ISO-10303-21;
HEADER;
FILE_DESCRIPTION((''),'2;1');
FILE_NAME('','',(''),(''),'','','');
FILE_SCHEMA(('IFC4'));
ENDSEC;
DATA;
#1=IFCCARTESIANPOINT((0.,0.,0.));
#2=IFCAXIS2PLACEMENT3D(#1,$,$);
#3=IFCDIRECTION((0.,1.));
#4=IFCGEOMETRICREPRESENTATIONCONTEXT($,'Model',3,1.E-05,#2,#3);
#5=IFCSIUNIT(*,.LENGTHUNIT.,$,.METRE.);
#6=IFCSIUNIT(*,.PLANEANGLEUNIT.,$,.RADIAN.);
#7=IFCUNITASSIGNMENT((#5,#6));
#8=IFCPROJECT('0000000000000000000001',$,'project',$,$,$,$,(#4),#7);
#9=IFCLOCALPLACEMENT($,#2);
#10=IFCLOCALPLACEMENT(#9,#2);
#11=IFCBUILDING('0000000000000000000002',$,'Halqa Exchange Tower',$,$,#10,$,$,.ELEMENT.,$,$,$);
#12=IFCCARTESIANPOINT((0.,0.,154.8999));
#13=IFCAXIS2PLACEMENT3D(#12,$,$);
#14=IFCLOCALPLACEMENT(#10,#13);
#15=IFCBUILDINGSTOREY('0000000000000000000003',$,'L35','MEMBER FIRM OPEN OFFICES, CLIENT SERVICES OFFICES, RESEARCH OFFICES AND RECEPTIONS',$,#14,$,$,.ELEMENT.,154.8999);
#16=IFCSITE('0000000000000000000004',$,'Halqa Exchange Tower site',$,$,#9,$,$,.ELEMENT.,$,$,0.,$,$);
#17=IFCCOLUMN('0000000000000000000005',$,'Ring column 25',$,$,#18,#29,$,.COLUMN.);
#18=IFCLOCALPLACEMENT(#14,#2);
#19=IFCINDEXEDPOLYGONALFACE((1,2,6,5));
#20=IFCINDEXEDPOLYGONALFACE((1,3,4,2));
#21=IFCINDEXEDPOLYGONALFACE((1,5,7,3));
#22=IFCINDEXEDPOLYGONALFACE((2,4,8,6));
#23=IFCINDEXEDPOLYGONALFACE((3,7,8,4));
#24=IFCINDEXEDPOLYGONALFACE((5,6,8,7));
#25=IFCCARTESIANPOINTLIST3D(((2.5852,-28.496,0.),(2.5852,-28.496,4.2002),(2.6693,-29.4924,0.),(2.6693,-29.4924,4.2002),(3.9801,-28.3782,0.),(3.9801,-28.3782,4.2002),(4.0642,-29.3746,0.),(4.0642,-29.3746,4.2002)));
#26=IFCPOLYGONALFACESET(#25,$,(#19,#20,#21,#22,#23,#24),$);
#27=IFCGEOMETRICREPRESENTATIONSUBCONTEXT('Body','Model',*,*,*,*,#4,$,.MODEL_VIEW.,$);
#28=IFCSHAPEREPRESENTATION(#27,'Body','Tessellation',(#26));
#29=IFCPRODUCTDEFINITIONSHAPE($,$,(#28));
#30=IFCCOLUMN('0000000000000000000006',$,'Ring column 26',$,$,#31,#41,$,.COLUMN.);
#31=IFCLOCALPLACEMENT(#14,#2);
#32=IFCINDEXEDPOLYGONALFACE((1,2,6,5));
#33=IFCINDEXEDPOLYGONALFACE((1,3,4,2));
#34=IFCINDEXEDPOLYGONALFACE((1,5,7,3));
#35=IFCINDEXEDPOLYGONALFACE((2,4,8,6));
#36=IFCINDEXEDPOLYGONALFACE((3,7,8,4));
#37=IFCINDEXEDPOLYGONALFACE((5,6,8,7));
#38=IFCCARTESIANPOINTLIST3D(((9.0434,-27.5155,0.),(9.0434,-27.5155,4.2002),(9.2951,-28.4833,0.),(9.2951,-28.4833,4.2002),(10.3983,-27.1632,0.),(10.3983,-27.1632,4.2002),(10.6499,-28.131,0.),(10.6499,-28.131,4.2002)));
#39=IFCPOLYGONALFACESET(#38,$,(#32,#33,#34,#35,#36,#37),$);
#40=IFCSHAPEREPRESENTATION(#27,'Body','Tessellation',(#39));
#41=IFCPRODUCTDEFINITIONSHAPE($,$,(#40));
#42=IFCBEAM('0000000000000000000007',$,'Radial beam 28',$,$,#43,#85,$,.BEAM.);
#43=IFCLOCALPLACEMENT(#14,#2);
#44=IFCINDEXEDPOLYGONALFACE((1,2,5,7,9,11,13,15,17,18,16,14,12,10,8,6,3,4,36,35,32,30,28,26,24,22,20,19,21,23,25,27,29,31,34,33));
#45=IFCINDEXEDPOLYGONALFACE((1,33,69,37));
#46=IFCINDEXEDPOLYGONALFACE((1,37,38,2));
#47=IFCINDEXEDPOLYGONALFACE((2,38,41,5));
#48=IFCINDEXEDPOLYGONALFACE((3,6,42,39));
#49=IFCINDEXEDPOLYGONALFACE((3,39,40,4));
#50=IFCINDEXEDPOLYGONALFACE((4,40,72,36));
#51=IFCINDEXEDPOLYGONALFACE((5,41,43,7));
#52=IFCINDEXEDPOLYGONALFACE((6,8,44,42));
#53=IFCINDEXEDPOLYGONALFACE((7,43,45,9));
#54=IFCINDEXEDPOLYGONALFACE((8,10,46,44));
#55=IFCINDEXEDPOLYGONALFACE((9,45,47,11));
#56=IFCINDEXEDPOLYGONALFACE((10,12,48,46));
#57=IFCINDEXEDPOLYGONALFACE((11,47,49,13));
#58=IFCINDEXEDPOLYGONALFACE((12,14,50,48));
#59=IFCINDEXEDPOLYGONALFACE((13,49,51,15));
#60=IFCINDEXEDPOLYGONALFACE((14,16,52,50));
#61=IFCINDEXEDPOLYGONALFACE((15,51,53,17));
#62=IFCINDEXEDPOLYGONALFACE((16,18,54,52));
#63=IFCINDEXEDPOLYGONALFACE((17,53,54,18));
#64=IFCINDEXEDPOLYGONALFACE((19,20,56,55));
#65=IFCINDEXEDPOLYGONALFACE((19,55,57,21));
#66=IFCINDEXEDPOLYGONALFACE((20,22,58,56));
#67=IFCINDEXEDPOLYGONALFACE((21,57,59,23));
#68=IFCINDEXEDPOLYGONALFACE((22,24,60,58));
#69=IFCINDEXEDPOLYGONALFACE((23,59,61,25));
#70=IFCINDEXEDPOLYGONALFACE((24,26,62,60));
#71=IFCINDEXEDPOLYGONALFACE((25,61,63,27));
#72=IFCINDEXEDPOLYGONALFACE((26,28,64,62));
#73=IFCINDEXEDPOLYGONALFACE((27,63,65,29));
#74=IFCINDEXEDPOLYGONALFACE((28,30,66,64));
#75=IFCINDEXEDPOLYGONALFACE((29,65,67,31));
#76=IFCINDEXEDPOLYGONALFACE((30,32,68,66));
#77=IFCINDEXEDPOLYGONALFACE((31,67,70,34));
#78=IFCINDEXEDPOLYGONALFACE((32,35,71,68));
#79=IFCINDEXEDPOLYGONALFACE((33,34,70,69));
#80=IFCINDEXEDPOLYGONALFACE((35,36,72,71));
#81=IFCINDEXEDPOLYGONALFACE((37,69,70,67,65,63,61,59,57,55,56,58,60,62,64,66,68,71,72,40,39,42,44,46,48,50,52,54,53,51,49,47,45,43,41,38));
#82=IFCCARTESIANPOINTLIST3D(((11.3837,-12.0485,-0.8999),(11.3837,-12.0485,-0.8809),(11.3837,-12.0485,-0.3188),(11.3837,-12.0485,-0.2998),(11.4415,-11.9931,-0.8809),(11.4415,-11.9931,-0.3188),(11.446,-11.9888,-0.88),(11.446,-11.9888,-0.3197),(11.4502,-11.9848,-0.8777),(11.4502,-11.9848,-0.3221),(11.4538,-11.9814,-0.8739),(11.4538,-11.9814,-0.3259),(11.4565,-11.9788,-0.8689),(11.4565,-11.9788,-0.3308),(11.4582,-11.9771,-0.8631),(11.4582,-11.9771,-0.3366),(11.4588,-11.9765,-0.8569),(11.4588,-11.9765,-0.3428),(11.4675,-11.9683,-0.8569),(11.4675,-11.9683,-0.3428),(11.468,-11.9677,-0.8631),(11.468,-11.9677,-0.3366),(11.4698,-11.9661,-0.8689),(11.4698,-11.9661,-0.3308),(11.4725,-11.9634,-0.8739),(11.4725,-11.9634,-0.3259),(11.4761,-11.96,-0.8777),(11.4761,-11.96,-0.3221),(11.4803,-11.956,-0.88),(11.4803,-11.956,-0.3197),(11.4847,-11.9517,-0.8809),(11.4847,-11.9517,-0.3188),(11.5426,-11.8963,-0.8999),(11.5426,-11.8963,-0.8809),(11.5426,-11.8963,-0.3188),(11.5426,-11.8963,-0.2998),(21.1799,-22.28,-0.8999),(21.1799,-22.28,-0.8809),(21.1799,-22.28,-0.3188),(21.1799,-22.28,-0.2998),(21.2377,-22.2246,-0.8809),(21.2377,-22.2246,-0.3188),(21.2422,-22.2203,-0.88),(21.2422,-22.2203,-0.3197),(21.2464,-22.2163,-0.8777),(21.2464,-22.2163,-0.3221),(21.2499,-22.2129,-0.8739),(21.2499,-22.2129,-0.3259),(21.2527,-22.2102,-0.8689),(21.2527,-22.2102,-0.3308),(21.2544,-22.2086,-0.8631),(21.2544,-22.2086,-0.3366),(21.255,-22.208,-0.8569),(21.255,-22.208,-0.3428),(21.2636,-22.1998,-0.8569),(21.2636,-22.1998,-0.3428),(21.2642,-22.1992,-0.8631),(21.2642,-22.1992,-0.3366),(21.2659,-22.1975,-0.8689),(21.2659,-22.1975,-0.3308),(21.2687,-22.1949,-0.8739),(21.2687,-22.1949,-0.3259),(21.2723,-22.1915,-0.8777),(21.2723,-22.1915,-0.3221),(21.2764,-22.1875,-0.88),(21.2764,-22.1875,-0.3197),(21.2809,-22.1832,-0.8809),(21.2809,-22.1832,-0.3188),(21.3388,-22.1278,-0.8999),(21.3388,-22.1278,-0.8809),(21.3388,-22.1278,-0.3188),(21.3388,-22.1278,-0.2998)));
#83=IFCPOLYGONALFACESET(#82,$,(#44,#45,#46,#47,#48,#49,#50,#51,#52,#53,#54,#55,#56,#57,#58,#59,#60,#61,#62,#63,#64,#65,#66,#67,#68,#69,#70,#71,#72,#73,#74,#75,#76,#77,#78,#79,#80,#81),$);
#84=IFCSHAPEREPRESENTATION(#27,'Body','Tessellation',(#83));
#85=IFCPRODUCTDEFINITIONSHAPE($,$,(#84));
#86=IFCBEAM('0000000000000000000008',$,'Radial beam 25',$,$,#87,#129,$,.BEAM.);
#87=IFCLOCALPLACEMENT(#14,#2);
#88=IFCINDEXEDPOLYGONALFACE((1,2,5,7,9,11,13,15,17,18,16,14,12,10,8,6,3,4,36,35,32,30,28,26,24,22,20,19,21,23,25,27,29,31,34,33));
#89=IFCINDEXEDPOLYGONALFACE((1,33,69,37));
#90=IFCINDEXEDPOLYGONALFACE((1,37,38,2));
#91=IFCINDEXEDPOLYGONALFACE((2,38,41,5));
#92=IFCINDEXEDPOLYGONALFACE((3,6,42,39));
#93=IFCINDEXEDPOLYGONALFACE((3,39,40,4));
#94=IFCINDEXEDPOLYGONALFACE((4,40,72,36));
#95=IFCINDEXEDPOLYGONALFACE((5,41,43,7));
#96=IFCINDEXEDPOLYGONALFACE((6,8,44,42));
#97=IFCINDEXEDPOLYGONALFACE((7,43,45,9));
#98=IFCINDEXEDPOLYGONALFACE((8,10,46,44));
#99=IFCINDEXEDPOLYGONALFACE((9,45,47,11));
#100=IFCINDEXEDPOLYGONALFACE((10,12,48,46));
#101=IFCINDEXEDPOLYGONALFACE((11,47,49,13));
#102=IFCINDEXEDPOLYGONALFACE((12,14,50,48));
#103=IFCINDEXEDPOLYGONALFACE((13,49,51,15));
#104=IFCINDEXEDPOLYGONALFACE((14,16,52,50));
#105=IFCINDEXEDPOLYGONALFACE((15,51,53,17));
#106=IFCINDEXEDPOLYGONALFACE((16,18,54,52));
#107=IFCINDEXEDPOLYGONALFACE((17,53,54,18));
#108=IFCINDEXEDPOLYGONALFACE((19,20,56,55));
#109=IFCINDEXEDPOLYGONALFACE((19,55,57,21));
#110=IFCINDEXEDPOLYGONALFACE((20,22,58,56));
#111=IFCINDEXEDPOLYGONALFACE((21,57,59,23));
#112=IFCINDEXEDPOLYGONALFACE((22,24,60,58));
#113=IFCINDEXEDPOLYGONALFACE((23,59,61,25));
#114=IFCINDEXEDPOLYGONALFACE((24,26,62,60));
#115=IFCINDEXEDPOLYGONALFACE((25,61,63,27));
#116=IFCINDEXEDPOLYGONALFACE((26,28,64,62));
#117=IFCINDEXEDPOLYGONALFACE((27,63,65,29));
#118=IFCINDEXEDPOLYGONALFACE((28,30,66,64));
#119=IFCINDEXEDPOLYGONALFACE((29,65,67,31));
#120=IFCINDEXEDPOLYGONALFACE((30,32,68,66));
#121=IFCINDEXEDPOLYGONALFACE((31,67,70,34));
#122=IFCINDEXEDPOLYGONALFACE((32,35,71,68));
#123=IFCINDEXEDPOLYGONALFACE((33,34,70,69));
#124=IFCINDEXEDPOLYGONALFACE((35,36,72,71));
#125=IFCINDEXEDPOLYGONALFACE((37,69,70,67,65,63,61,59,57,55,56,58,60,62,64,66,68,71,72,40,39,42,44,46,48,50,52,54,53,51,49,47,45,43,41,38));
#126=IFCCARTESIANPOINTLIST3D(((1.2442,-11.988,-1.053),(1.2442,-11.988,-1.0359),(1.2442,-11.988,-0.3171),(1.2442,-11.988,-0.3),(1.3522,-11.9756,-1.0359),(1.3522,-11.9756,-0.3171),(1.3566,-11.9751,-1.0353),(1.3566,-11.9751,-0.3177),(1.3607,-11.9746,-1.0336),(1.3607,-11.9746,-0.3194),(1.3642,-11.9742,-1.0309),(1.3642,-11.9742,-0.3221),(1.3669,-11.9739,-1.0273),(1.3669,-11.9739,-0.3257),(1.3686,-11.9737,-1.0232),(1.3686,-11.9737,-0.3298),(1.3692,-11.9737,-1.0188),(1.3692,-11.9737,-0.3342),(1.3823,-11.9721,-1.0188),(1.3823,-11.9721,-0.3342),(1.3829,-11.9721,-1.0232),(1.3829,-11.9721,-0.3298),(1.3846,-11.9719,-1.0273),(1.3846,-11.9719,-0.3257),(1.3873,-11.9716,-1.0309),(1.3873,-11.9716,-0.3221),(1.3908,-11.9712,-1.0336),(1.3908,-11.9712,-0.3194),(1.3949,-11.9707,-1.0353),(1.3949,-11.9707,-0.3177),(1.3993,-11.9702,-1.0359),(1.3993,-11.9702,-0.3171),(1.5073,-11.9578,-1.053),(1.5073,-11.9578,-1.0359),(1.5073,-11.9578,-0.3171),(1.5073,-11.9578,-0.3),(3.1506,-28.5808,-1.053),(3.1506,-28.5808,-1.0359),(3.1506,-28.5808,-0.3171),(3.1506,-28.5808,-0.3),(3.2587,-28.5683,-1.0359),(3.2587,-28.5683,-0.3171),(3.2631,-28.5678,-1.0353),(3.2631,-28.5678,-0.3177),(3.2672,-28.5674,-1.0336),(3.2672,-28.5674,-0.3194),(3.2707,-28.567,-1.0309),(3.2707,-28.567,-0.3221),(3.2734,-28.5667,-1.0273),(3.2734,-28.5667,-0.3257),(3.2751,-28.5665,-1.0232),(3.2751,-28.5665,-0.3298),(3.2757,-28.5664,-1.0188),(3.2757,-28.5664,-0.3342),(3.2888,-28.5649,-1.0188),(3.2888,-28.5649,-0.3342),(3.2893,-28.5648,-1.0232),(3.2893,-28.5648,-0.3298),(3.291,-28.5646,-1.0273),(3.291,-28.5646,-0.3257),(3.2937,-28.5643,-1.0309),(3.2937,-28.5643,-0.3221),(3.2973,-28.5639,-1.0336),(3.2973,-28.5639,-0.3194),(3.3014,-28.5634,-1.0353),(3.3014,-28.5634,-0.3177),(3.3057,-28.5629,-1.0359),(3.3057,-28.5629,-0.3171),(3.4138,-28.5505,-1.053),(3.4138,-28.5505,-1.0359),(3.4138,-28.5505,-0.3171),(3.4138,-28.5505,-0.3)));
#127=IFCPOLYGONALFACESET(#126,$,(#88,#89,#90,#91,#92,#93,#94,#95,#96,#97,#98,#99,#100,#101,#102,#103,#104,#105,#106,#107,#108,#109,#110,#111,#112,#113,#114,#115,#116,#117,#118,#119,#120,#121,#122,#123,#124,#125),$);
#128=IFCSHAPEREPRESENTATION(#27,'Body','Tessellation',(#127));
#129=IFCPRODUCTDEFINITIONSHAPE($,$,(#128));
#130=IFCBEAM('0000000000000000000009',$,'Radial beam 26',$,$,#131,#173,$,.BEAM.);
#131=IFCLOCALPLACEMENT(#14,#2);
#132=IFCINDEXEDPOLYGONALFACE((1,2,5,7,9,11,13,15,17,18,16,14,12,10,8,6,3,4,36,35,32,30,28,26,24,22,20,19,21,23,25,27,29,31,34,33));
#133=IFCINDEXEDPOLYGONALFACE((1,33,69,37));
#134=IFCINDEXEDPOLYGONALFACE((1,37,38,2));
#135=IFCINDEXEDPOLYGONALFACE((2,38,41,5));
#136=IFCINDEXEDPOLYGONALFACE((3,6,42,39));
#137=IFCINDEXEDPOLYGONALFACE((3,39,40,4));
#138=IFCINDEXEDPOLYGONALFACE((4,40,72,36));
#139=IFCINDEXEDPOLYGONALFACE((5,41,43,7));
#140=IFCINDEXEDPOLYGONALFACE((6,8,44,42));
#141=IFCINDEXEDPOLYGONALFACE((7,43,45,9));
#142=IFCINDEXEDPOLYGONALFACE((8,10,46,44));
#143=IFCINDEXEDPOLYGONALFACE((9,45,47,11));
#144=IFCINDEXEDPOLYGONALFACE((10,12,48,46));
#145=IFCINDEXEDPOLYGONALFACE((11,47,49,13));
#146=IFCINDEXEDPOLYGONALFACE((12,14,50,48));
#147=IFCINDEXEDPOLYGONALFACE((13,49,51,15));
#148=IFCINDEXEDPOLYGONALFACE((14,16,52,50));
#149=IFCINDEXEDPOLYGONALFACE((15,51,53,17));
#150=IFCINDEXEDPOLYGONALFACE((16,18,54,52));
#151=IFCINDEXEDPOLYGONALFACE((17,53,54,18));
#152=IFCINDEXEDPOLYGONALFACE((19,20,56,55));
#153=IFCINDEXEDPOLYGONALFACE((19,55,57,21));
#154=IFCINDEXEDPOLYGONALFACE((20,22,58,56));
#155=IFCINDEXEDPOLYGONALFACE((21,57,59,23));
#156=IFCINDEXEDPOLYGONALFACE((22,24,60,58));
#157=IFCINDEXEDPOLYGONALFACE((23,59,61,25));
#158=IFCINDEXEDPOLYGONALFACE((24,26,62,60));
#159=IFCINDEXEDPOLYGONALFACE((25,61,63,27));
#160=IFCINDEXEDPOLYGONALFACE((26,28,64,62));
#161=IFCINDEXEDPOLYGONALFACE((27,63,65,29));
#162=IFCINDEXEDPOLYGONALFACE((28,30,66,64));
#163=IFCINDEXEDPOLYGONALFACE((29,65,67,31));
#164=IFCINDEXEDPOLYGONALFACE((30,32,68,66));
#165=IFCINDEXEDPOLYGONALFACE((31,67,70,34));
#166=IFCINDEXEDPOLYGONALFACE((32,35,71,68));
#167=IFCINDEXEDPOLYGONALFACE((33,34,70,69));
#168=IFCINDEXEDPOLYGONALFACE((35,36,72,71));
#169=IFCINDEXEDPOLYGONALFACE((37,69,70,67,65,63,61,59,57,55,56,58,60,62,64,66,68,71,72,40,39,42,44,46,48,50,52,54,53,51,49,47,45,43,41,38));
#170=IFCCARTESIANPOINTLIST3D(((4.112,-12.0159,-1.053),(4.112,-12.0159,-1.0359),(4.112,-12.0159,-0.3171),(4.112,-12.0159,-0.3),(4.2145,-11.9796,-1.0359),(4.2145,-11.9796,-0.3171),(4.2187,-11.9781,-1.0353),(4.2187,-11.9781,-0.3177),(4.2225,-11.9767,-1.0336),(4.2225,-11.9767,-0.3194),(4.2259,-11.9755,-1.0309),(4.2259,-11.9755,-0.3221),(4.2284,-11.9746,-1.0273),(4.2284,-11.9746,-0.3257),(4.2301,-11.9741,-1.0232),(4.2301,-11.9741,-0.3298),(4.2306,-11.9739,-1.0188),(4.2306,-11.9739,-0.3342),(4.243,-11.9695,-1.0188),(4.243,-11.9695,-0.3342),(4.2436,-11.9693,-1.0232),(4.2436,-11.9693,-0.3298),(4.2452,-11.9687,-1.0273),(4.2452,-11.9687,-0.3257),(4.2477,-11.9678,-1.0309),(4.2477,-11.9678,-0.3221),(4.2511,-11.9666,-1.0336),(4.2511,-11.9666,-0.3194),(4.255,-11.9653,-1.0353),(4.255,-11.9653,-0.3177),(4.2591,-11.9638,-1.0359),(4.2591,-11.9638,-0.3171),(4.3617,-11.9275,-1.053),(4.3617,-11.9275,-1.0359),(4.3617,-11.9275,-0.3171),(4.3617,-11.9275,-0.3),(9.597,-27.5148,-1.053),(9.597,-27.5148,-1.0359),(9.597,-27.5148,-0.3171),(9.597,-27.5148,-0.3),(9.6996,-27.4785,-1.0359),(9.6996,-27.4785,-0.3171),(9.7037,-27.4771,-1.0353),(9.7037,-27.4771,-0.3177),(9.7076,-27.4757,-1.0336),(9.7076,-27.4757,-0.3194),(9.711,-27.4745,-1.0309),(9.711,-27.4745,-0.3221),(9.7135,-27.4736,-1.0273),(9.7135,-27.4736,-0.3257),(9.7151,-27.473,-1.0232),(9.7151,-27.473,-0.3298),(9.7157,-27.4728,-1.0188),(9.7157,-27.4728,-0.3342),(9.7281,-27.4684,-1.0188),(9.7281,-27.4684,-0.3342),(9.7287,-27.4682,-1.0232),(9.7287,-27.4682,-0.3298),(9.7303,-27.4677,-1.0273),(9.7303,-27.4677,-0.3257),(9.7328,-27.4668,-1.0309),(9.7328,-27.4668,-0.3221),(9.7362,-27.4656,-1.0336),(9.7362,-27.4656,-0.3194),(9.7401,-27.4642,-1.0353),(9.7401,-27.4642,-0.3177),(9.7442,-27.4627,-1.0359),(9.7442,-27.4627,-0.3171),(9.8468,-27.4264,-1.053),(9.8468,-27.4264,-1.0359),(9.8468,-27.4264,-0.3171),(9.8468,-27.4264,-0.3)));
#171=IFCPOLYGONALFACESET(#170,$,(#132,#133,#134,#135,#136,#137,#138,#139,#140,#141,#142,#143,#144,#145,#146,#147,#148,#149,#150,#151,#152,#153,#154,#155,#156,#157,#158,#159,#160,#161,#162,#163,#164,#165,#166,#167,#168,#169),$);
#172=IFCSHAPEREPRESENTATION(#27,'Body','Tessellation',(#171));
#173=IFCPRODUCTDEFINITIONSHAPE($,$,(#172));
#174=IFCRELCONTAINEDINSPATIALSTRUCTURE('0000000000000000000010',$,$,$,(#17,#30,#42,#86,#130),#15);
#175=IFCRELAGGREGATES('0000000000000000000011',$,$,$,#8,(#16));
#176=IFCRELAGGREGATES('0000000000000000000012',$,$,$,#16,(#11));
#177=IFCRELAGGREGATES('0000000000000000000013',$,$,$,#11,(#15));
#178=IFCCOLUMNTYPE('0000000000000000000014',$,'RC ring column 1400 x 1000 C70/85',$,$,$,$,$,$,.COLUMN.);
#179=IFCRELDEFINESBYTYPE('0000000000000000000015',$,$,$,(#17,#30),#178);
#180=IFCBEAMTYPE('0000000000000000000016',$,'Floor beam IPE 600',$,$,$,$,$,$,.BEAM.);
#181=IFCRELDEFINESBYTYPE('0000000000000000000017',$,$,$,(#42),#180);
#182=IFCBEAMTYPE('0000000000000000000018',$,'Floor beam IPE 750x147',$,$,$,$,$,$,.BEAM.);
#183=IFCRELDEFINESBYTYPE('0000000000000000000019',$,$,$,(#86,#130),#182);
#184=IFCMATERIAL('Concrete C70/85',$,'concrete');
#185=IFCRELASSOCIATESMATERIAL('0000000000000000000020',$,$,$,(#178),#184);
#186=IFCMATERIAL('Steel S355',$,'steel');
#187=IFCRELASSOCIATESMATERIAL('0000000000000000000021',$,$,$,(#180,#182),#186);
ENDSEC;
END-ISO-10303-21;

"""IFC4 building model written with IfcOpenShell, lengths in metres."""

from ifc_helpers import new_model, si_unit, direction, frame, origin, origin_2d, place, context, subcontext, project, spatial, rectangle, i_section, extrude, material, material_profile, profile_set, type_object, element, save


model = new_model("IFC4")

# Units and contexts
model_context = context("Model", 3, precision=1e-05, world=origin(), true_north=direction((0.0, 1.0)))
body_context = subcontext(model_context, "Body", "Model", "MODEL_VIEW")
ifc_project = project(units=[si_unit("LENGTHUNIT", "METRE"), si_unit("PLANEANGLEUNIT", "RADIAN")], contexts=[model_context])

# Site, building, storey
site_placement = place(None, origin())
site = spatial("IfcSite", under=ifc_project, at=site_placement, Name="Halqa Exchange Tower site", CompositionType="ELEMENT", RefElevation=0.0)
building_placement = place(site_placement, origin())
building = spatial("IfcBuilding", under=site, at=building_placement, Name="Halqa Exchange Tower", CompositionType="ELEMENT")
storey_placement = place(building_placement, frame((0.0, 0.0, 154.8999)))
storey = spatial("IfcBuildingStorey", under=building, at=storey_placement, Name="L35", Description="MEMBER FIRM OPEN OFFICES, CLIENT SERVICES OFFICES, RESEARCH OFFICES AND RECEPTIONS", CompositionType="ELEMENT", Elevation=154.8999)

# Columns
ifc_material_1 = material(Name="Concrete C70/85", Category="concrete")
ifc_material_profile_1 = material_profile(ifc_material_1, rectangle(XDim=1.3999, YDim=1.0, at=origin_2d()), Name="1400 x 1000")
ifc_profile_set_1 = profile_set([ifc_material_profile_1], Name="Concrete C70/85")
column_type = type_object("IfcColumnType", Name="RC ring column 1400 x 1000 C70/85", PredefinedType="COLUMN", material=ifc_profile_set_1)
for number, where, z_axis, x_axis, name in (
    (1, (3.3247, -28.9353, 0.0), (0.0, 0.0, 1.0), (0.996455, 0.084125, 0.0), "Ring column 25"),
    (2, (9.8467, -27.8232, 0.0), (0.0, 0.0, 1.0), (0.96782, 0.251645, 0.0), "Ring column 26"),
):
    element("IfcColumn", number, at=place(storey_placement, frame(where, z_axis=z_axis, x_axis=x_axis)), inside=storey, type_object=column_type, Name=name, PredefinedType="COLUMN", context=body_context, shape_type="SweptSolid", body=[
        extrude(rectangle(XDim=1.3999, YDim=1.0, at=origin_2d()), origin(), (0.0, 0.0, 1.0), 4.2002),
    ])

# Beams
ifc_material_2 = material(Name="Steel S355", Category="steel")
ifc_material_profile_2 = material_profile(ifc_material_2, i_section(OverallWidth=0.22, OverallDepth=0.6001, WebThickness=0.012, FlangeThickness=0.019, FilletRadius=0.0239, at=origin_2d()), Name="IPE 600")
ifc_profile_set_2 = profile_set([ifc_material_profile_2], Name="Steel S355")
beam_type_1 = type_object("IfcBeamType", Name="Floor beam IPE 600", PredefinedType="BEAM", material=ifc_profile_set_2)
beam_1_placement = place(storey_placement, frame((11.4631, -11.9724, -0.5999), z_axis=(0.691574, -0.722305, 0.0), x_axis=(0.722305, 0.691574, 0.0)))
element("IfcBeam", 3, at=beam_1_placement, inside=storey, type_object=beam_type_1, Name="Radial beam 28", PredefinedType="BEAM", context=body_context, shape_type="SweptSolid", body=[
    extrude(i_section(OverallWidth=0.22, OverallDepth=0.6001, WebThickness=0.012, FlangeThickness=0.019, FilletRadius=0.0239, at=origin_2d()), origin(), (0.0, 0.0, 1.0), 14.165),
])
ifc_material_profile_3 = material_profile(ifc_material_2, i_section(OverallWidth=0.2649, OverallDepth=0.7529, WebThickness=0.0132, FlangeThickness=0.0171, FilletRadius=0.0171, at=origin_2d()), Name="IPE 750x147")
ifc_profile_set_3 = profile_set([ifc_material_profile_3], Name="Steel S355")
beam_type_2 = type_object("IfcBeamType", Name="Floor beam IPE 750x147", PredefinedType="BEAM", material=ifc_profile_set_3)
beam_2_placement = place(storey_placement, frame((1.3757, -11.9729, -0.6765), z_axis=(0.114148, -0.993464, 0.0), x_axis=(0.993464, 0.114148, 0.0)))
element("IfcBeam", 4, at=beam_2_placement, inside=storey, type_object=beam_type_2, Name="Radial beam 25", PredefinedType="BEAM", context=body_context, shape_type="SweptSolid", body=[
    extrude(i_section(OverallWidth=0.2649, OverallDepth=0.7529, WebThickness=0.0132, FlangeThickness=0.0171, FilletRadius=0.0171, at=origin_2d()), origin(), (0.0, 0.0, 1.0), 16.7019),
])
beam_3_placement = place(storey_placement, frame((4.2368, -11.9717, -0.6765), z_axis=(0.333624, -0.942706, 0.0), x_axis=(0.942706, 0.333624, 0.0)))
element("IfcBeam", 5, at=beam_3_placement, inside=storey, type_object=beam_type_2, Name="Radial beam 26", PredefinedType="BEAM", context=body_context, shape_type="SweptSolid", body=[
    extrude(i_section(OverallWidth=0.2649, OverallDepth=0.7529, WebThickness=0.0132, FlangeThickness=0.0171, FilletRadius=0.0171, at=origin_2d()), origin(), (0.0, 0.0, 1.0), 16.4409),
])

save(model, "model.ifc")
